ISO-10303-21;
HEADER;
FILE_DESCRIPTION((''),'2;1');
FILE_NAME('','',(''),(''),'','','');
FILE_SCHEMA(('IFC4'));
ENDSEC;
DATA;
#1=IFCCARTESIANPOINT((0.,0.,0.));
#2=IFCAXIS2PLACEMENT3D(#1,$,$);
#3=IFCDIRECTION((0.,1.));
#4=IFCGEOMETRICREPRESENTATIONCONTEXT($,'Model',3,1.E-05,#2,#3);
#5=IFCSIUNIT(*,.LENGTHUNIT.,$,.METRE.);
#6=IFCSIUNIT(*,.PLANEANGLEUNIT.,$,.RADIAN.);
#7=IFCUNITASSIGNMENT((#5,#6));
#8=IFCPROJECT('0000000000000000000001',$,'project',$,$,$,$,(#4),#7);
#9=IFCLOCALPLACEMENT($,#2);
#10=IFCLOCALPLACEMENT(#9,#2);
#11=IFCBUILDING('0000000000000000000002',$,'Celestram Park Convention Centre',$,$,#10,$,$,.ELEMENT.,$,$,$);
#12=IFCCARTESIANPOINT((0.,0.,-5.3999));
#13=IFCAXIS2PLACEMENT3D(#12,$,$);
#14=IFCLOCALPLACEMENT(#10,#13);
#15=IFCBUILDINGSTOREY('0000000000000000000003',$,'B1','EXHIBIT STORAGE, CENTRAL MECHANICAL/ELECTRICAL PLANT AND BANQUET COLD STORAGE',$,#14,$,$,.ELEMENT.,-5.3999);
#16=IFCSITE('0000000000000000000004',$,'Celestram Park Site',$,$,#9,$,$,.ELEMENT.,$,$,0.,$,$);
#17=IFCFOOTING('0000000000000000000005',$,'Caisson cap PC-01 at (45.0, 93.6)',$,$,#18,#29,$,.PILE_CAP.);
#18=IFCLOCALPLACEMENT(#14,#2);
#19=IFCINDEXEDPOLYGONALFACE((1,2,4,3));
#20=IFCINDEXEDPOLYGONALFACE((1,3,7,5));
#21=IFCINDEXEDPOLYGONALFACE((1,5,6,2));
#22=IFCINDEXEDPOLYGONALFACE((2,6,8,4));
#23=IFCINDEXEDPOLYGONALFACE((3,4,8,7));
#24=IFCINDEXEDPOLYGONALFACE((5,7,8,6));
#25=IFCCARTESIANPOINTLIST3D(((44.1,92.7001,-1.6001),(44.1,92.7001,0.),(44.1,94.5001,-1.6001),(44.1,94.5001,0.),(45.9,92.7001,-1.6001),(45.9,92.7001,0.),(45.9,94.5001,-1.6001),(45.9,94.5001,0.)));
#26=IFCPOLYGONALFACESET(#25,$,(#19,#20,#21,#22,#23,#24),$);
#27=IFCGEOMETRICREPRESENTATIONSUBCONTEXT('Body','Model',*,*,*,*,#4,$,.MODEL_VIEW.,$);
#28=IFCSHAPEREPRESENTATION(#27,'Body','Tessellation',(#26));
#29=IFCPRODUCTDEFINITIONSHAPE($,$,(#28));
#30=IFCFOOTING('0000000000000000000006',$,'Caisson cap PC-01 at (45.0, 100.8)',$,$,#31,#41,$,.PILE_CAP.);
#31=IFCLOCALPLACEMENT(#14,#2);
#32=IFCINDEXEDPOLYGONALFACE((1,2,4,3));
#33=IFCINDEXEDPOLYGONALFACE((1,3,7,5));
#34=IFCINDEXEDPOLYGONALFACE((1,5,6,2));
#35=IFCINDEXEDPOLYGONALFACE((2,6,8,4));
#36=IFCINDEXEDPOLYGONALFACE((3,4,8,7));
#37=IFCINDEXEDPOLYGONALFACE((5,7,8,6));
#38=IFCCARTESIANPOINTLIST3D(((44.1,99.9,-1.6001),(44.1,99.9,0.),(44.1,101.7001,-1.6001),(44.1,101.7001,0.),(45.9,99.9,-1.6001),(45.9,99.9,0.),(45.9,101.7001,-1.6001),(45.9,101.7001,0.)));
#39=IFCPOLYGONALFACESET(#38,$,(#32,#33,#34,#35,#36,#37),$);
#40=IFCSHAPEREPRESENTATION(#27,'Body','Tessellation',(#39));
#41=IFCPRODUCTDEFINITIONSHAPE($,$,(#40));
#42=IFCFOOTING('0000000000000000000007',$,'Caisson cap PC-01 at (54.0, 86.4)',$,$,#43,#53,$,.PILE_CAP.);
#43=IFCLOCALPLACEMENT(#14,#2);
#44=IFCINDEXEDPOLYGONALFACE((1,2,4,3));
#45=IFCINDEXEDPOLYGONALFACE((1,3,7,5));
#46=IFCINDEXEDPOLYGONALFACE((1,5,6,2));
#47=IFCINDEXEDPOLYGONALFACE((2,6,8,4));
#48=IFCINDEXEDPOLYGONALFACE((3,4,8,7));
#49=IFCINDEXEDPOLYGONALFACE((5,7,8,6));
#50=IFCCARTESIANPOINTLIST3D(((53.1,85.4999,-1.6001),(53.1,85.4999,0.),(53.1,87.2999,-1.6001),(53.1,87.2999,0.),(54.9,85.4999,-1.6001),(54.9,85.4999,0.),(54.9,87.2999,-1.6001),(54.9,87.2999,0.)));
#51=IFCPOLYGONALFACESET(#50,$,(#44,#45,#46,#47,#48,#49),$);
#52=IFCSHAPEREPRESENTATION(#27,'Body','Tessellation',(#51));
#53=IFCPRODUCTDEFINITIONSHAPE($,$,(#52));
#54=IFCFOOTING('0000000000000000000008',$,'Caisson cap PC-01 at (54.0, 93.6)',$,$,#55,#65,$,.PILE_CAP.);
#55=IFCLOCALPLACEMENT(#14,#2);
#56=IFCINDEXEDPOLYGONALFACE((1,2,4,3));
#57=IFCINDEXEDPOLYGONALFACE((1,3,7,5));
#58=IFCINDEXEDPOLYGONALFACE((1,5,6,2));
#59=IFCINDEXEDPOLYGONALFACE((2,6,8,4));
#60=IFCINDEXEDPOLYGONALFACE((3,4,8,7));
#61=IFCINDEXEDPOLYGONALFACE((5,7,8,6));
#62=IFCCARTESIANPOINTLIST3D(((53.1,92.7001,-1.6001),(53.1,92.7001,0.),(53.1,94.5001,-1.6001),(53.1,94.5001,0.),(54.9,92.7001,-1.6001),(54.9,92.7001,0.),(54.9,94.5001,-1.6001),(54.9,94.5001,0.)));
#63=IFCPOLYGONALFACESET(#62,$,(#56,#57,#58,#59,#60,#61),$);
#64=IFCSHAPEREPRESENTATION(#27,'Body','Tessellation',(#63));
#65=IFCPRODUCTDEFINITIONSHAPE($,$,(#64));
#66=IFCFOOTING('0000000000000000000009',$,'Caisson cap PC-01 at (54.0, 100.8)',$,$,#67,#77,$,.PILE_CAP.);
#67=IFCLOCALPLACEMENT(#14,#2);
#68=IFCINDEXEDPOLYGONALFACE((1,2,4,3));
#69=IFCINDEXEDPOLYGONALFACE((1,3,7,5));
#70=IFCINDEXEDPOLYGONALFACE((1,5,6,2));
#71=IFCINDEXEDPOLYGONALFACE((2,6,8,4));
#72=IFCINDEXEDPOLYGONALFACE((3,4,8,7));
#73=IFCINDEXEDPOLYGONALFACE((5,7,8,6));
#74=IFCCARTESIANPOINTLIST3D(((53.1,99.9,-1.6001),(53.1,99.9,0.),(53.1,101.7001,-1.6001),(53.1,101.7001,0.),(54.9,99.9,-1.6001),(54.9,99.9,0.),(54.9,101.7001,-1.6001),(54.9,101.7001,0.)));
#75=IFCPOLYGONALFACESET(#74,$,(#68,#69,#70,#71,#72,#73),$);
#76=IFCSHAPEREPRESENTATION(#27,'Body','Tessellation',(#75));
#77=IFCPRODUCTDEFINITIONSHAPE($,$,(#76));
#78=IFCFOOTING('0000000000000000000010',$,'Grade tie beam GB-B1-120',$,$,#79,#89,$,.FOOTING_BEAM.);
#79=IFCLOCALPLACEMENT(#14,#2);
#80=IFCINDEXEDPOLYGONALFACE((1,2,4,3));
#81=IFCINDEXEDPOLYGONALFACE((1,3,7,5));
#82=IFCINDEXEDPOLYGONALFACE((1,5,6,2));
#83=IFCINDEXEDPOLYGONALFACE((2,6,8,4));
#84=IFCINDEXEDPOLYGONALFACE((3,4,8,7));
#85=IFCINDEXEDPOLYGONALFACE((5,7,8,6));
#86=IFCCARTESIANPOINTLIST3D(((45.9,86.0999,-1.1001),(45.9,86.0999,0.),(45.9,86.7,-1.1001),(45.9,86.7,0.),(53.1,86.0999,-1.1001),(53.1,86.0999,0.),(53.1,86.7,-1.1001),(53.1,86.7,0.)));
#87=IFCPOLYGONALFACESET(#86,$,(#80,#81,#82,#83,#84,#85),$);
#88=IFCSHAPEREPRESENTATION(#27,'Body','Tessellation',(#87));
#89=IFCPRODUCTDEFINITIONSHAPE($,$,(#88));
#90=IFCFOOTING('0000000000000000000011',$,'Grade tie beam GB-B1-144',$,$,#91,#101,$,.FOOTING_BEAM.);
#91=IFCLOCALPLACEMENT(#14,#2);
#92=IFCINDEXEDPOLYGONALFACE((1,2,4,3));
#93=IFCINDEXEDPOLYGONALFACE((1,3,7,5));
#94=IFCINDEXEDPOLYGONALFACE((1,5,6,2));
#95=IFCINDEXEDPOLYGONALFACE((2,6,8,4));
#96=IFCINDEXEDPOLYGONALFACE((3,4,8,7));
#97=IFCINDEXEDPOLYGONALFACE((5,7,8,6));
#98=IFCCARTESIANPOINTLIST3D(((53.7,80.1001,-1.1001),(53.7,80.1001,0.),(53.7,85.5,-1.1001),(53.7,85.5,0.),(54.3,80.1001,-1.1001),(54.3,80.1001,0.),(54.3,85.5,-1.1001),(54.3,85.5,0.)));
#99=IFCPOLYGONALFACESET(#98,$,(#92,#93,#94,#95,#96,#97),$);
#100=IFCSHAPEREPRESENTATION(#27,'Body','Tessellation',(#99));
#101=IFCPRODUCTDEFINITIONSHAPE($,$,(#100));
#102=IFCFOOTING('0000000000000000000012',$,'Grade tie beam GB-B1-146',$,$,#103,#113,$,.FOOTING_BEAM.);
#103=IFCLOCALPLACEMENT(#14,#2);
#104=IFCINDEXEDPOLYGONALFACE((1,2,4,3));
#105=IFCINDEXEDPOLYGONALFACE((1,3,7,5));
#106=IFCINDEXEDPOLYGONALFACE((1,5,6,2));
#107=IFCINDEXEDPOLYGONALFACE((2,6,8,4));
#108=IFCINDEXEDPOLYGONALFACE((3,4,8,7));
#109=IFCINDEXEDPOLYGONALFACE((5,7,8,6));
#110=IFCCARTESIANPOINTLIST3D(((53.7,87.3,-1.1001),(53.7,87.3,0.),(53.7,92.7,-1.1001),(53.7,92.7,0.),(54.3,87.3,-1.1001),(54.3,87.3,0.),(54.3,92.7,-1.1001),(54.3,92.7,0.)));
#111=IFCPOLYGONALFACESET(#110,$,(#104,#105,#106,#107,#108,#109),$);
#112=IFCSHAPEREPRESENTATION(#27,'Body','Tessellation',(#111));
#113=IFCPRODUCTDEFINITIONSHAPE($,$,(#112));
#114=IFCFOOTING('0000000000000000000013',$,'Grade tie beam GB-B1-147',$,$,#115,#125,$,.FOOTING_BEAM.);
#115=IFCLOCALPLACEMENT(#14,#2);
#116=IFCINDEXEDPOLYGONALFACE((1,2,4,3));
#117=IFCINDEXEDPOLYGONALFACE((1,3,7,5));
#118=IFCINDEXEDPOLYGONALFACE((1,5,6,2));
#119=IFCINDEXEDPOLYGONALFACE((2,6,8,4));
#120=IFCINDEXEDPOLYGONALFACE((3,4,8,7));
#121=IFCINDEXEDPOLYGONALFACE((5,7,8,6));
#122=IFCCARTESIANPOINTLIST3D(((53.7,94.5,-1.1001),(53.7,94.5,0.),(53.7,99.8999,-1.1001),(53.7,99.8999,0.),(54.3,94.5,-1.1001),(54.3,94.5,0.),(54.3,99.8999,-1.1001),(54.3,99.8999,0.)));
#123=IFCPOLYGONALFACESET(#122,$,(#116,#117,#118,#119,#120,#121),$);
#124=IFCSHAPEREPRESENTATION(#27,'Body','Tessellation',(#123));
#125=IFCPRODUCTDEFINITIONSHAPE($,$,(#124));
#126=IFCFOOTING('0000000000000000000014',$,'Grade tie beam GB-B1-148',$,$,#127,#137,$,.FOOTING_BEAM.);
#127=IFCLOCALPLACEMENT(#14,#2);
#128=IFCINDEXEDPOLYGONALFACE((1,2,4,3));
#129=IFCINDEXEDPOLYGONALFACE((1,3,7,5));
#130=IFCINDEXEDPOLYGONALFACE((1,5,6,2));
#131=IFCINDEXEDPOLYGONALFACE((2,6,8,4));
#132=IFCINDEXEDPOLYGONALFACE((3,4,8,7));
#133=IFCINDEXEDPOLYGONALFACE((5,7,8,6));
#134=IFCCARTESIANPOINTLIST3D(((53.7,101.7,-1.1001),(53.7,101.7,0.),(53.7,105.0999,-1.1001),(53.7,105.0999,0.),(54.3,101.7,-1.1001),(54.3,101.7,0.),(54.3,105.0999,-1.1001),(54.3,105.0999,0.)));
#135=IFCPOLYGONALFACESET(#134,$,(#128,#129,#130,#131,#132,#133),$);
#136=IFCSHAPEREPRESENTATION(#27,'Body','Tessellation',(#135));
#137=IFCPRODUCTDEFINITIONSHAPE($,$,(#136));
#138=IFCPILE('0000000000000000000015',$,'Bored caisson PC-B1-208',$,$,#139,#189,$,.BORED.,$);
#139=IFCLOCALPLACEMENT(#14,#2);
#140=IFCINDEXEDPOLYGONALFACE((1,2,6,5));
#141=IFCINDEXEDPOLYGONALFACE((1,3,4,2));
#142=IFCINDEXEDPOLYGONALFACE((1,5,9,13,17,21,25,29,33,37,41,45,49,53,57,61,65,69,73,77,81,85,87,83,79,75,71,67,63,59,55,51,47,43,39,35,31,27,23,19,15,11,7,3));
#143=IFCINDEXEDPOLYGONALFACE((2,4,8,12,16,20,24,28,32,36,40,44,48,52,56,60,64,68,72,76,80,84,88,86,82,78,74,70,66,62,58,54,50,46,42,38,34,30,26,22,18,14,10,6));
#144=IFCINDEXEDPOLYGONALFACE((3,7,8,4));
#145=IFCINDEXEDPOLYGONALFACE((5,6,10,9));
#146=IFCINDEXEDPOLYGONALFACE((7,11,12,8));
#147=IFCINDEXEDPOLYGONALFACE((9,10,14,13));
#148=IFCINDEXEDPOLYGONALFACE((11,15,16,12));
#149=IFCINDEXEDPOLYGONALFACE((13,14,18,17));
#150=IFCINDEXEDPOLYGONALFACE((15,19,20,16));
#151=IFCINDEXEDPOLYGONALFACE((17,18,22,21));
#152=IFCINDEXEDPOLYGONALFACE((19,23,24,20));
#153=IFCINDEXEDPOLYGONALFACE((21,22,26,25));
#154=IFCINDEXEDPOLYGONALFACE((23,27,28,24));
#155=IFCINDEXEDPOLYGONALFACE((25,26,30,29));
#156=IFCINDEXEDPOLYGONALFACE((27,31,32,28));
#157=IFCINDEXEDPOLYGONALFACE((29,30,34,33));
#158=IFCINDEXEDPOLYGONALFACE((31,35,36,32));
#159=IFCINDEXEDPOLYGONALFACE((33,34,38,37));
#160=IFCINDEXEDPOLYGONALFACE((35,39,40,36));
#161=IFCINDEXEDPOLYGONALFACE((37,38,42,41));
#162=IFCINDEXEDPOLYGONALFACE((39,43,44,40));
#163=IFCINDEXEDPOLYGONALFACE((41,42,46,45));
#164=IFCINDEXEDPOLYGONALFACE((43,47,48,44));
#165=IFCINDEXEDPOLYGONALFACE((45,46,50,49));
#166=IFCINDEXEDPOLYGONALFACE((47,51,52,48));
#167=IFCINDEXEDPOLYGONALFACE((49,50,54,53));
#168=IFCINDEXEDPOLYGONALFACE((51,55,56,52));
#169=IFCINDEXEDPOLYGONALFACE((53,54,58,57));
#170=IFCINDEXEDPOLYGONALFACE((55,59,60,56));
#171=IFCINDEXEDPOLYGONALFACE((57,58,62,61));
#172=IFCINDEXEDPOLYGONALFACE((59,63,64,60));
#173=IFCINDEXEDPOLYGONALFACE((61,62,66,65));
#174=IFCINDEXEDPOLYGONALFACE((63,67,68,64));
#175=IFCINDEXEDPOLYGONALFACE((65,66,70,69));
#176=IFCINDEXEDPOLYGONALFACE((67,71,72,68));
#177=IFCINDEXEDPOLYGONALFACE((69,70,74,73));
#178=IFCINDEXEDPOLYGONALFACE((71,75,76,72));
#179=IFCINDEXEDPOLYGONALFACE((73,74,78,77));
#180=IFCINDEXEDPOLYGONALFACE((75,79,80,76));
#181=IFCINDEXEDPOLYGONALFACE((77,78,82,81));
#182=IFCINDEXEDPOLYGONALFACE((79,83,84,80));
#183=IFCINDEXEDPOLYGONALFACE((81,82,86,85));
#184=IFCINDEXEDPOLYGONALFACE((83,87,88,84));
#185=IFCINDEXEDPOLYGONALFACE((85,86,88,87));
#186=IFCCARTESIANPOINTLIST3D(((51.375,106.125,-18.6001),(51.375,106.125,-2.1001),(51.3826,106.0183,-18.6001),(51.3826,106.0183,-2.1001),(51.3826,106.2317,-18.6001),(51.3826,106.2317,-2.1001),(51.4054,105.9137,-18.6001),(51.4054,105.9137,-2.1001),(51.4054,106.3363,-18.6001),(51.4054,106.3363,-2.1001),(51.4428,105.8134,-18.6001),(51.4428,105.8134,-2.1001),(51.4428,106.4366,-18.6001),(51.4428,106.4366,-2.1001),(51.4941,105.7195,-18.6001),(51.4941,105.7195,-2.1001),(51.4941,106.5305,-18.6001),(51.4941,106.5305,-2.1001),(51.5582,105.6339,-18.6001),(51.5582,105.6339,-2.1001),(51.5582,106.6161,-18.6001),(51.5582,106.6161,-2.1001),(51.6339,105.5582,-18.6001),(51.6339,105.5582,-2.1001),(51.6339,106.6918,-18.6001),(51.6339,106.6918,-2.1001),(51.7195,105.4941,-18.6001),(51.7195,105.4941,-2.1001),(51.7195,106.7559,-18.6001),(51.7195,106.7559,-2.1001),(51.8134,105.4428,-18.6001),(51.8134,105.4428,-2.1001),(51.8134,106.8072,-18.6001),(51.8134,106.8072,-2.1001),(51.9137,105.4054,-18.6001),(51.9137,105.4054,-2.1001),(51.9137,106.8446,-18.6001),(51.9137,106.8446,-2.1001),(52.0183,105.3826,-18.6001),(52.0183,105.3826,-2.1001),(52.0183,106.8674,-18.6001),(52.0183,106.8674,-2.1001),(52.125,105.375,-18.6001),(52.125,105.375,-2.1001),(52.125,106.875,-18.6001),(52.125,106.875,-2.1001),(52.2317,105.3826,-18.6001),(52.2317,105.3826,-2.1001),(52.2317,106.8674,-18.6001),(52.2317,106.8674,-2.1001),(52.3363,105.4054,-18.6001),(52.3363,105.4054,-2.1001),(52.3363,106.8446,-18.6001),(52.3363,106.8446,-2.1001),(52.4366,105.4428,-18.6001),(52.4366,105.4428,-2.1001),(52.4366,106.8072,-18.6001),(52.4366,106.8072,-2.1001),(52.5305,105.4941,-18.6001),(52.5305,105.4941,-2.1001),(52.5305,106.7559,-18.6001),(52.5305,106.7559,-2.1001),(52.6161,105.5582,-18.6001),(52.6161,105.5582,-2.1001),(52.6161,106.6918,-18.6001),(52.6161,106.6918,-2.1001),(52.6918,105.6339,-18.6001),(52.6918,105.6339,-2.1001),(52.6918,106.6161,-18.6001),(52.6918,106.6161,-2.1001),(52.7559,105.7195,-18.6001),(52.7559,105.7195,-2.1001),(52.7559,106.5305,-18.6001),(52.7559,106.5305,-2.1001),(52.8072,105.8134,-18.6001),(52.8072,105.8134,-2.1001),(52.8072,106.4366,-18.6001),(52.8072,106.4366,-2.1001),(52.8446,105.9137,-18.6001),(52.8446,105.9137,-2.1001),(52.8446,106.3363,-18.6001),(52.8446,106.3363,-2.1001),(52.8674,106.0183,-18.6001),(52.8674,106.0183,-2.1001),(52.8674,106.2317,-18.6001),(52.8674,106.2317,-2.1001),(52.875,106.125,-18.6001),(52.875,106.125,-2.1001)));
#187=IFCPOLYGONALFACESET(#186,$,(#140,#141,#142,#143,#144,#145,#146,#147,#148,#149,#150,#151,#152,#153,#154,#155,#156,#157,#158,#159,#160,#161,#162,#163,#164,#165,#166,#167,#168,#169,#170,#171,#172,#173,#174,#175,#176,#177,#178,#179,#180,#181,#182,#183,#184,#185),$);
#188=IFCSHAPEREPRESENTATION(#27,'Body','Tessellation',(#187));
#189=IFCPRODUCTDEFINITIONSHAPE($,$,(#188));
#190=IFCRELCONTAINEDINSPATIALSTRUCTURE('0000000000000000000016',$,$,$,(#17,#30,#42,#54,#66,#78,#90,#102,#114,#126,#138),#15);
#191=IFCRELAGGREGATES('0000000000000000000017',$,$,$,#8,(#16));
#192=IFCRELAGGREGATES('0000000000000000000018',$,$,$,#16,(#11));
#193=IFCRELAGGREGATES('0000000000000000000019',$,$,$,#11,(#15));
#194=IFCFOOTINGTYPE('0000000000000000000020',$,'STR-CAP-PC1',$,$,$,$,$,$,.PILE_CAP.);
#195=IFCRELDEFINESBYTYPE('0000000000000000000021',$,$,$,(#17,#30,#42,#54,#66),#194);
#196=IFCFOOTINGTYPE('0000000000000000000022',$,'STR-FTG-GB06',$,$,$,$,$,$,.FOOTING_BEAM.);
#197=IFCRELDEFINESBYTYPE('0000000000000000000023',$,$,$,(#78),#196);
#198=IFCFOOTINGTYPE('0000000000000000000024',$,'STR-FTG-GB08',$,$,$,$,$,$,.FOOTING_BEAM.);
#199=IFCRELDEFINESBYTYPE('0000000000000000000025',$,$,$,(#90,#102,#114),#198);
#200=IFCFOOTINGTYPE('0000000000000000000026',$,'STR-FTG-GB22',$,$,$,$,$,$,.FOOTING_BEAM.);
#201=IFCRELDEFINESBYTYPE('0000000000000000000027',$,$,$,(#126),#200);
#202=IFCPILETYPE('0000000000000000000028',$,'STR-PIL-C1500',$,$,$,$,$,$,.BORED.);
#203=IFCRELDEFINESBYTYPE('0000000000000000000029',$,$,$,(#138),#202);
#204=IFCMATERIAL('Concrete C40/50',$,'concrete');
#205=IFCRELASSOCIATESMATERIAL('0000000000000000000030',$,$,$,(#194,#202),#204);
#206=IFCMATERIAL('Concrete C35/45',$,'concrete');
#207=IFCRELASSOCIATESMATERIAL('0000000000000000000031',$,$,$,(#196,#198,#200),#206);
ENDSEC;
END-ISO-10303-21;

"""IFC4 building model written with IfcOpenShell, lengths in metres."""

from ifc_helpers import new_model, si_unit, direction, frame, origin, origin_2d, place, context, subcontext, project, spatial, rectangle, circle, extrude, material, material_profile, profile_set, type_object, element, save


model = new_model("IFC4")

# Units and contexts
model_context = context("Model", 3, precision=1e-05, world=origin(), true_north=direction((0.0, 1.0)))
body_context = subcontext(model_context, "Body", "Model", "MODEL_VIEW")
ifc_project = project(units=[si_unit("LENGTHUNIT", "METRE"), si_unit("PLANEANGLEUNIT", "RADIAN")], contexts=[model_context])

# Site, building, storey
site_placement = place(None, origin())
site = spatial("IfcSite", under=ifc_project, at=site_placement, Name="Celestram Park Site", CompositionType="ELEMENT", RefElevation=0.0)
building_placement = place(site_placement, origin())
building = spatial("IfcBuilding", under=site, at=building_placement, Name="Celestram Park Convention Centre", CompositionType="ELEMENT")
storey_placement = place(building_placement, frame((0.0, 0.0, -5.3999)))
storey = spatial("IfcBuildingStorey", under=building, at=storey_placement, Name="B1", Description="EXHIBIT STORAGE, CENTRAL MECHANICAL/ELECTRICAL PLANT AND BANQUET COLD STORAGE", CompositionType="ELEMENT", Elevation=-5.3999)

# Footings
ifc_material_1 = material(Name="Concrete C40/50", Category="concrete")
footing_type_1 = type_object("IfcFootingType", Name="STR-CAP-PC1", PredefinedType="PILE_CAP", material=ifc_material_1)
for number, where, z_axis, x_axis, name in (
    (1, (45.0, 93.6001, -1.6001), (0.0, 0.0, 1.0), (1.0, 0.0, 0.0), "Caisson cap PC-01 at (45.0, 93.6)"),
    (2, (45.0, 100.8, -1.6001), (0.0, 0.0, 1.0), (1.0, 0.0, 0.0), "Caisson cap PC-01 at (45.0, 100.8)"),
    (3, (54.0, 86.3999, -1.6001), (0.0, 0.0, 1.0), (1.0, 0.0, 0.0), "Caisson cap PC-01 at (54.0, 86.4)"),
    (4, (54.0, 93.6001, -1.6001), (0.0, 0.0, 1.0), (1.0, 0.0, 0.0), "Caisson cap PC-01 at (54.0, 93.6)"),
    (5, (54.0, 100.8, -1.6001), (0.0, 0.0, 1.0), (1.0, 0.0, 0.0), "Caisson cap PC-01 at (54.0, 100.8)"),
):
    element("IfcFooting", number, at=place(storey_placement, frame(where, z_axis=z_axis, x_axis=x_axis)), inside=storey, type_object=footing_type_1, Name=name, PredefinedType="PILE_CAP", context=body_context, shape_type="SweptSolid", body=[
        extrude(rectangle(XDim=1.8, YDim=1.8, at=origin_2d()), origin(), (0.0, 0.0, 1.0), 1.6001),
    ])
ifc_material_2 = material(Name="Concrete C35/45", Category="concrete")
footing_type_2 = type_object("IfcFootingType", Name="STR-FTG-GB06", PredefinedType="FOOTING_BEAM", material=ifc_material_2)
footing_1_placement = place(storey_placement, frame((49.5, 86.3999, -1.1001), z_axis=(0.0, 0.0, 1.0), x_axis=(1.0, 0.0, 0.0)))
element("IfcFooting", 6, at=footing_1_placement, inside=storey, type_object=footing_type_2, Name="Grade tie beam GB-B1-120", PredefinedType="FOOTING_BEAM", context=body_context, shape_type="SweptSolid", body=[
    extrude(rectangle(XDim=7.2, YDim=0.6001, at=origin_2d()), origin(), (0.0, 0.0, 1.0), 1.1001),
])
footing_type_3 = type_object("IfcFootingType", Name="STR-FTG-GB08", PredefinedType="FOOTING_BEAM", material=ifc_material_2)
for number, where, z_axis, x_axis, name in (
    (7, (54.0, 82.8, -1.1001), (0.0, 0.0, 1.0), (0.0, 1.0, 0.0), "Grade tie beam GB-B1-144"),
    (8, (54.0, 90.0, -1.1001), (0.0, 0.0, 1.0), (0.0, 1.0, 0.0), "Grade tie beam GB-B1-146"),
    (9, (54.0, 97.2, -1.1001), (0.0, 0.0, 1.0), (0.0, 1.0, 0.0), "Grade tie beam GB-B1-147"),
):
    element("IfcFooting", number, at=place(storey_placement, frame(where, z_axis=z_axis, x_axis=x_axis)), inside=storey, type_object=footing_type_3, Name=name, PredefinedType="FOOTING_BEAM", context=body_context, shape_type="SweptSolid", body=[
        extrude(rectangle(XDim=5.3999, YDim=0.6001, at=origin_2d()), origin(), (0.0, 0.0, 1.0), 1.1001),
    ])
footing_type_4 = type_object("IfcFootingType", Name="STR-FTG-GB22", PredefinedType="FOOTING_BEAM", material=ifc_material_2)
footing_2_placement = place(storey_placement, frame((54.0, 103.3999, -1.1001), z_axis=(0.0, 0.0, 1.0), x_axis=(0.0, 1.0, 0.0)))
element("IfcFooting", 10, at=footing_2_placement, inside=storey, type_object=footing_type_4, Name="Grade tie beam GB-B1-148", PredefinedType="FOOTING_BEAM", context=body_context, shape_type="SweptSolid", body=[
    extrude(rectangle(XDim=3.3999, YDim=0.6001, at=origin_2d()), origin(), (0.0, 0.0, 1.0), 1.1001),
])

# Pile
ifc_material_profile_1 = material_profile(ifc_material_1, circle(Radius=0.75, at=origin_2d()), Name="CAISSON1500")
ifc_profile_set_1 = profile_set([ifc_material_profile_1], Name="Concrete C40/50")
pile_type_1 = type_object("IfcPileType", Name="STR-PIL-C1500", PredefinedType="BORED", material=ifc_profile_set_1)
pile_placement = place(storey_placement, frame((52.125, 106.125, -2.1001), z_axis=(0.0, 0.0, -1.0), x_axis=(1.0, 0.0, 0.0)))
element("IfcPile", 11, at=pile_placement, inside=storey, type_object=pile_type_1, Name="Bored caisson PC-B1-208", PredefinedType="BORED", context=body_context, shape_type="SweptSolid", body=[
    extrude(circle(Radius=0.75, at=origin_2d()), origin(), (0.0, 0.0, 1.0), 16.5),
])

save(model, "model.ifc")
